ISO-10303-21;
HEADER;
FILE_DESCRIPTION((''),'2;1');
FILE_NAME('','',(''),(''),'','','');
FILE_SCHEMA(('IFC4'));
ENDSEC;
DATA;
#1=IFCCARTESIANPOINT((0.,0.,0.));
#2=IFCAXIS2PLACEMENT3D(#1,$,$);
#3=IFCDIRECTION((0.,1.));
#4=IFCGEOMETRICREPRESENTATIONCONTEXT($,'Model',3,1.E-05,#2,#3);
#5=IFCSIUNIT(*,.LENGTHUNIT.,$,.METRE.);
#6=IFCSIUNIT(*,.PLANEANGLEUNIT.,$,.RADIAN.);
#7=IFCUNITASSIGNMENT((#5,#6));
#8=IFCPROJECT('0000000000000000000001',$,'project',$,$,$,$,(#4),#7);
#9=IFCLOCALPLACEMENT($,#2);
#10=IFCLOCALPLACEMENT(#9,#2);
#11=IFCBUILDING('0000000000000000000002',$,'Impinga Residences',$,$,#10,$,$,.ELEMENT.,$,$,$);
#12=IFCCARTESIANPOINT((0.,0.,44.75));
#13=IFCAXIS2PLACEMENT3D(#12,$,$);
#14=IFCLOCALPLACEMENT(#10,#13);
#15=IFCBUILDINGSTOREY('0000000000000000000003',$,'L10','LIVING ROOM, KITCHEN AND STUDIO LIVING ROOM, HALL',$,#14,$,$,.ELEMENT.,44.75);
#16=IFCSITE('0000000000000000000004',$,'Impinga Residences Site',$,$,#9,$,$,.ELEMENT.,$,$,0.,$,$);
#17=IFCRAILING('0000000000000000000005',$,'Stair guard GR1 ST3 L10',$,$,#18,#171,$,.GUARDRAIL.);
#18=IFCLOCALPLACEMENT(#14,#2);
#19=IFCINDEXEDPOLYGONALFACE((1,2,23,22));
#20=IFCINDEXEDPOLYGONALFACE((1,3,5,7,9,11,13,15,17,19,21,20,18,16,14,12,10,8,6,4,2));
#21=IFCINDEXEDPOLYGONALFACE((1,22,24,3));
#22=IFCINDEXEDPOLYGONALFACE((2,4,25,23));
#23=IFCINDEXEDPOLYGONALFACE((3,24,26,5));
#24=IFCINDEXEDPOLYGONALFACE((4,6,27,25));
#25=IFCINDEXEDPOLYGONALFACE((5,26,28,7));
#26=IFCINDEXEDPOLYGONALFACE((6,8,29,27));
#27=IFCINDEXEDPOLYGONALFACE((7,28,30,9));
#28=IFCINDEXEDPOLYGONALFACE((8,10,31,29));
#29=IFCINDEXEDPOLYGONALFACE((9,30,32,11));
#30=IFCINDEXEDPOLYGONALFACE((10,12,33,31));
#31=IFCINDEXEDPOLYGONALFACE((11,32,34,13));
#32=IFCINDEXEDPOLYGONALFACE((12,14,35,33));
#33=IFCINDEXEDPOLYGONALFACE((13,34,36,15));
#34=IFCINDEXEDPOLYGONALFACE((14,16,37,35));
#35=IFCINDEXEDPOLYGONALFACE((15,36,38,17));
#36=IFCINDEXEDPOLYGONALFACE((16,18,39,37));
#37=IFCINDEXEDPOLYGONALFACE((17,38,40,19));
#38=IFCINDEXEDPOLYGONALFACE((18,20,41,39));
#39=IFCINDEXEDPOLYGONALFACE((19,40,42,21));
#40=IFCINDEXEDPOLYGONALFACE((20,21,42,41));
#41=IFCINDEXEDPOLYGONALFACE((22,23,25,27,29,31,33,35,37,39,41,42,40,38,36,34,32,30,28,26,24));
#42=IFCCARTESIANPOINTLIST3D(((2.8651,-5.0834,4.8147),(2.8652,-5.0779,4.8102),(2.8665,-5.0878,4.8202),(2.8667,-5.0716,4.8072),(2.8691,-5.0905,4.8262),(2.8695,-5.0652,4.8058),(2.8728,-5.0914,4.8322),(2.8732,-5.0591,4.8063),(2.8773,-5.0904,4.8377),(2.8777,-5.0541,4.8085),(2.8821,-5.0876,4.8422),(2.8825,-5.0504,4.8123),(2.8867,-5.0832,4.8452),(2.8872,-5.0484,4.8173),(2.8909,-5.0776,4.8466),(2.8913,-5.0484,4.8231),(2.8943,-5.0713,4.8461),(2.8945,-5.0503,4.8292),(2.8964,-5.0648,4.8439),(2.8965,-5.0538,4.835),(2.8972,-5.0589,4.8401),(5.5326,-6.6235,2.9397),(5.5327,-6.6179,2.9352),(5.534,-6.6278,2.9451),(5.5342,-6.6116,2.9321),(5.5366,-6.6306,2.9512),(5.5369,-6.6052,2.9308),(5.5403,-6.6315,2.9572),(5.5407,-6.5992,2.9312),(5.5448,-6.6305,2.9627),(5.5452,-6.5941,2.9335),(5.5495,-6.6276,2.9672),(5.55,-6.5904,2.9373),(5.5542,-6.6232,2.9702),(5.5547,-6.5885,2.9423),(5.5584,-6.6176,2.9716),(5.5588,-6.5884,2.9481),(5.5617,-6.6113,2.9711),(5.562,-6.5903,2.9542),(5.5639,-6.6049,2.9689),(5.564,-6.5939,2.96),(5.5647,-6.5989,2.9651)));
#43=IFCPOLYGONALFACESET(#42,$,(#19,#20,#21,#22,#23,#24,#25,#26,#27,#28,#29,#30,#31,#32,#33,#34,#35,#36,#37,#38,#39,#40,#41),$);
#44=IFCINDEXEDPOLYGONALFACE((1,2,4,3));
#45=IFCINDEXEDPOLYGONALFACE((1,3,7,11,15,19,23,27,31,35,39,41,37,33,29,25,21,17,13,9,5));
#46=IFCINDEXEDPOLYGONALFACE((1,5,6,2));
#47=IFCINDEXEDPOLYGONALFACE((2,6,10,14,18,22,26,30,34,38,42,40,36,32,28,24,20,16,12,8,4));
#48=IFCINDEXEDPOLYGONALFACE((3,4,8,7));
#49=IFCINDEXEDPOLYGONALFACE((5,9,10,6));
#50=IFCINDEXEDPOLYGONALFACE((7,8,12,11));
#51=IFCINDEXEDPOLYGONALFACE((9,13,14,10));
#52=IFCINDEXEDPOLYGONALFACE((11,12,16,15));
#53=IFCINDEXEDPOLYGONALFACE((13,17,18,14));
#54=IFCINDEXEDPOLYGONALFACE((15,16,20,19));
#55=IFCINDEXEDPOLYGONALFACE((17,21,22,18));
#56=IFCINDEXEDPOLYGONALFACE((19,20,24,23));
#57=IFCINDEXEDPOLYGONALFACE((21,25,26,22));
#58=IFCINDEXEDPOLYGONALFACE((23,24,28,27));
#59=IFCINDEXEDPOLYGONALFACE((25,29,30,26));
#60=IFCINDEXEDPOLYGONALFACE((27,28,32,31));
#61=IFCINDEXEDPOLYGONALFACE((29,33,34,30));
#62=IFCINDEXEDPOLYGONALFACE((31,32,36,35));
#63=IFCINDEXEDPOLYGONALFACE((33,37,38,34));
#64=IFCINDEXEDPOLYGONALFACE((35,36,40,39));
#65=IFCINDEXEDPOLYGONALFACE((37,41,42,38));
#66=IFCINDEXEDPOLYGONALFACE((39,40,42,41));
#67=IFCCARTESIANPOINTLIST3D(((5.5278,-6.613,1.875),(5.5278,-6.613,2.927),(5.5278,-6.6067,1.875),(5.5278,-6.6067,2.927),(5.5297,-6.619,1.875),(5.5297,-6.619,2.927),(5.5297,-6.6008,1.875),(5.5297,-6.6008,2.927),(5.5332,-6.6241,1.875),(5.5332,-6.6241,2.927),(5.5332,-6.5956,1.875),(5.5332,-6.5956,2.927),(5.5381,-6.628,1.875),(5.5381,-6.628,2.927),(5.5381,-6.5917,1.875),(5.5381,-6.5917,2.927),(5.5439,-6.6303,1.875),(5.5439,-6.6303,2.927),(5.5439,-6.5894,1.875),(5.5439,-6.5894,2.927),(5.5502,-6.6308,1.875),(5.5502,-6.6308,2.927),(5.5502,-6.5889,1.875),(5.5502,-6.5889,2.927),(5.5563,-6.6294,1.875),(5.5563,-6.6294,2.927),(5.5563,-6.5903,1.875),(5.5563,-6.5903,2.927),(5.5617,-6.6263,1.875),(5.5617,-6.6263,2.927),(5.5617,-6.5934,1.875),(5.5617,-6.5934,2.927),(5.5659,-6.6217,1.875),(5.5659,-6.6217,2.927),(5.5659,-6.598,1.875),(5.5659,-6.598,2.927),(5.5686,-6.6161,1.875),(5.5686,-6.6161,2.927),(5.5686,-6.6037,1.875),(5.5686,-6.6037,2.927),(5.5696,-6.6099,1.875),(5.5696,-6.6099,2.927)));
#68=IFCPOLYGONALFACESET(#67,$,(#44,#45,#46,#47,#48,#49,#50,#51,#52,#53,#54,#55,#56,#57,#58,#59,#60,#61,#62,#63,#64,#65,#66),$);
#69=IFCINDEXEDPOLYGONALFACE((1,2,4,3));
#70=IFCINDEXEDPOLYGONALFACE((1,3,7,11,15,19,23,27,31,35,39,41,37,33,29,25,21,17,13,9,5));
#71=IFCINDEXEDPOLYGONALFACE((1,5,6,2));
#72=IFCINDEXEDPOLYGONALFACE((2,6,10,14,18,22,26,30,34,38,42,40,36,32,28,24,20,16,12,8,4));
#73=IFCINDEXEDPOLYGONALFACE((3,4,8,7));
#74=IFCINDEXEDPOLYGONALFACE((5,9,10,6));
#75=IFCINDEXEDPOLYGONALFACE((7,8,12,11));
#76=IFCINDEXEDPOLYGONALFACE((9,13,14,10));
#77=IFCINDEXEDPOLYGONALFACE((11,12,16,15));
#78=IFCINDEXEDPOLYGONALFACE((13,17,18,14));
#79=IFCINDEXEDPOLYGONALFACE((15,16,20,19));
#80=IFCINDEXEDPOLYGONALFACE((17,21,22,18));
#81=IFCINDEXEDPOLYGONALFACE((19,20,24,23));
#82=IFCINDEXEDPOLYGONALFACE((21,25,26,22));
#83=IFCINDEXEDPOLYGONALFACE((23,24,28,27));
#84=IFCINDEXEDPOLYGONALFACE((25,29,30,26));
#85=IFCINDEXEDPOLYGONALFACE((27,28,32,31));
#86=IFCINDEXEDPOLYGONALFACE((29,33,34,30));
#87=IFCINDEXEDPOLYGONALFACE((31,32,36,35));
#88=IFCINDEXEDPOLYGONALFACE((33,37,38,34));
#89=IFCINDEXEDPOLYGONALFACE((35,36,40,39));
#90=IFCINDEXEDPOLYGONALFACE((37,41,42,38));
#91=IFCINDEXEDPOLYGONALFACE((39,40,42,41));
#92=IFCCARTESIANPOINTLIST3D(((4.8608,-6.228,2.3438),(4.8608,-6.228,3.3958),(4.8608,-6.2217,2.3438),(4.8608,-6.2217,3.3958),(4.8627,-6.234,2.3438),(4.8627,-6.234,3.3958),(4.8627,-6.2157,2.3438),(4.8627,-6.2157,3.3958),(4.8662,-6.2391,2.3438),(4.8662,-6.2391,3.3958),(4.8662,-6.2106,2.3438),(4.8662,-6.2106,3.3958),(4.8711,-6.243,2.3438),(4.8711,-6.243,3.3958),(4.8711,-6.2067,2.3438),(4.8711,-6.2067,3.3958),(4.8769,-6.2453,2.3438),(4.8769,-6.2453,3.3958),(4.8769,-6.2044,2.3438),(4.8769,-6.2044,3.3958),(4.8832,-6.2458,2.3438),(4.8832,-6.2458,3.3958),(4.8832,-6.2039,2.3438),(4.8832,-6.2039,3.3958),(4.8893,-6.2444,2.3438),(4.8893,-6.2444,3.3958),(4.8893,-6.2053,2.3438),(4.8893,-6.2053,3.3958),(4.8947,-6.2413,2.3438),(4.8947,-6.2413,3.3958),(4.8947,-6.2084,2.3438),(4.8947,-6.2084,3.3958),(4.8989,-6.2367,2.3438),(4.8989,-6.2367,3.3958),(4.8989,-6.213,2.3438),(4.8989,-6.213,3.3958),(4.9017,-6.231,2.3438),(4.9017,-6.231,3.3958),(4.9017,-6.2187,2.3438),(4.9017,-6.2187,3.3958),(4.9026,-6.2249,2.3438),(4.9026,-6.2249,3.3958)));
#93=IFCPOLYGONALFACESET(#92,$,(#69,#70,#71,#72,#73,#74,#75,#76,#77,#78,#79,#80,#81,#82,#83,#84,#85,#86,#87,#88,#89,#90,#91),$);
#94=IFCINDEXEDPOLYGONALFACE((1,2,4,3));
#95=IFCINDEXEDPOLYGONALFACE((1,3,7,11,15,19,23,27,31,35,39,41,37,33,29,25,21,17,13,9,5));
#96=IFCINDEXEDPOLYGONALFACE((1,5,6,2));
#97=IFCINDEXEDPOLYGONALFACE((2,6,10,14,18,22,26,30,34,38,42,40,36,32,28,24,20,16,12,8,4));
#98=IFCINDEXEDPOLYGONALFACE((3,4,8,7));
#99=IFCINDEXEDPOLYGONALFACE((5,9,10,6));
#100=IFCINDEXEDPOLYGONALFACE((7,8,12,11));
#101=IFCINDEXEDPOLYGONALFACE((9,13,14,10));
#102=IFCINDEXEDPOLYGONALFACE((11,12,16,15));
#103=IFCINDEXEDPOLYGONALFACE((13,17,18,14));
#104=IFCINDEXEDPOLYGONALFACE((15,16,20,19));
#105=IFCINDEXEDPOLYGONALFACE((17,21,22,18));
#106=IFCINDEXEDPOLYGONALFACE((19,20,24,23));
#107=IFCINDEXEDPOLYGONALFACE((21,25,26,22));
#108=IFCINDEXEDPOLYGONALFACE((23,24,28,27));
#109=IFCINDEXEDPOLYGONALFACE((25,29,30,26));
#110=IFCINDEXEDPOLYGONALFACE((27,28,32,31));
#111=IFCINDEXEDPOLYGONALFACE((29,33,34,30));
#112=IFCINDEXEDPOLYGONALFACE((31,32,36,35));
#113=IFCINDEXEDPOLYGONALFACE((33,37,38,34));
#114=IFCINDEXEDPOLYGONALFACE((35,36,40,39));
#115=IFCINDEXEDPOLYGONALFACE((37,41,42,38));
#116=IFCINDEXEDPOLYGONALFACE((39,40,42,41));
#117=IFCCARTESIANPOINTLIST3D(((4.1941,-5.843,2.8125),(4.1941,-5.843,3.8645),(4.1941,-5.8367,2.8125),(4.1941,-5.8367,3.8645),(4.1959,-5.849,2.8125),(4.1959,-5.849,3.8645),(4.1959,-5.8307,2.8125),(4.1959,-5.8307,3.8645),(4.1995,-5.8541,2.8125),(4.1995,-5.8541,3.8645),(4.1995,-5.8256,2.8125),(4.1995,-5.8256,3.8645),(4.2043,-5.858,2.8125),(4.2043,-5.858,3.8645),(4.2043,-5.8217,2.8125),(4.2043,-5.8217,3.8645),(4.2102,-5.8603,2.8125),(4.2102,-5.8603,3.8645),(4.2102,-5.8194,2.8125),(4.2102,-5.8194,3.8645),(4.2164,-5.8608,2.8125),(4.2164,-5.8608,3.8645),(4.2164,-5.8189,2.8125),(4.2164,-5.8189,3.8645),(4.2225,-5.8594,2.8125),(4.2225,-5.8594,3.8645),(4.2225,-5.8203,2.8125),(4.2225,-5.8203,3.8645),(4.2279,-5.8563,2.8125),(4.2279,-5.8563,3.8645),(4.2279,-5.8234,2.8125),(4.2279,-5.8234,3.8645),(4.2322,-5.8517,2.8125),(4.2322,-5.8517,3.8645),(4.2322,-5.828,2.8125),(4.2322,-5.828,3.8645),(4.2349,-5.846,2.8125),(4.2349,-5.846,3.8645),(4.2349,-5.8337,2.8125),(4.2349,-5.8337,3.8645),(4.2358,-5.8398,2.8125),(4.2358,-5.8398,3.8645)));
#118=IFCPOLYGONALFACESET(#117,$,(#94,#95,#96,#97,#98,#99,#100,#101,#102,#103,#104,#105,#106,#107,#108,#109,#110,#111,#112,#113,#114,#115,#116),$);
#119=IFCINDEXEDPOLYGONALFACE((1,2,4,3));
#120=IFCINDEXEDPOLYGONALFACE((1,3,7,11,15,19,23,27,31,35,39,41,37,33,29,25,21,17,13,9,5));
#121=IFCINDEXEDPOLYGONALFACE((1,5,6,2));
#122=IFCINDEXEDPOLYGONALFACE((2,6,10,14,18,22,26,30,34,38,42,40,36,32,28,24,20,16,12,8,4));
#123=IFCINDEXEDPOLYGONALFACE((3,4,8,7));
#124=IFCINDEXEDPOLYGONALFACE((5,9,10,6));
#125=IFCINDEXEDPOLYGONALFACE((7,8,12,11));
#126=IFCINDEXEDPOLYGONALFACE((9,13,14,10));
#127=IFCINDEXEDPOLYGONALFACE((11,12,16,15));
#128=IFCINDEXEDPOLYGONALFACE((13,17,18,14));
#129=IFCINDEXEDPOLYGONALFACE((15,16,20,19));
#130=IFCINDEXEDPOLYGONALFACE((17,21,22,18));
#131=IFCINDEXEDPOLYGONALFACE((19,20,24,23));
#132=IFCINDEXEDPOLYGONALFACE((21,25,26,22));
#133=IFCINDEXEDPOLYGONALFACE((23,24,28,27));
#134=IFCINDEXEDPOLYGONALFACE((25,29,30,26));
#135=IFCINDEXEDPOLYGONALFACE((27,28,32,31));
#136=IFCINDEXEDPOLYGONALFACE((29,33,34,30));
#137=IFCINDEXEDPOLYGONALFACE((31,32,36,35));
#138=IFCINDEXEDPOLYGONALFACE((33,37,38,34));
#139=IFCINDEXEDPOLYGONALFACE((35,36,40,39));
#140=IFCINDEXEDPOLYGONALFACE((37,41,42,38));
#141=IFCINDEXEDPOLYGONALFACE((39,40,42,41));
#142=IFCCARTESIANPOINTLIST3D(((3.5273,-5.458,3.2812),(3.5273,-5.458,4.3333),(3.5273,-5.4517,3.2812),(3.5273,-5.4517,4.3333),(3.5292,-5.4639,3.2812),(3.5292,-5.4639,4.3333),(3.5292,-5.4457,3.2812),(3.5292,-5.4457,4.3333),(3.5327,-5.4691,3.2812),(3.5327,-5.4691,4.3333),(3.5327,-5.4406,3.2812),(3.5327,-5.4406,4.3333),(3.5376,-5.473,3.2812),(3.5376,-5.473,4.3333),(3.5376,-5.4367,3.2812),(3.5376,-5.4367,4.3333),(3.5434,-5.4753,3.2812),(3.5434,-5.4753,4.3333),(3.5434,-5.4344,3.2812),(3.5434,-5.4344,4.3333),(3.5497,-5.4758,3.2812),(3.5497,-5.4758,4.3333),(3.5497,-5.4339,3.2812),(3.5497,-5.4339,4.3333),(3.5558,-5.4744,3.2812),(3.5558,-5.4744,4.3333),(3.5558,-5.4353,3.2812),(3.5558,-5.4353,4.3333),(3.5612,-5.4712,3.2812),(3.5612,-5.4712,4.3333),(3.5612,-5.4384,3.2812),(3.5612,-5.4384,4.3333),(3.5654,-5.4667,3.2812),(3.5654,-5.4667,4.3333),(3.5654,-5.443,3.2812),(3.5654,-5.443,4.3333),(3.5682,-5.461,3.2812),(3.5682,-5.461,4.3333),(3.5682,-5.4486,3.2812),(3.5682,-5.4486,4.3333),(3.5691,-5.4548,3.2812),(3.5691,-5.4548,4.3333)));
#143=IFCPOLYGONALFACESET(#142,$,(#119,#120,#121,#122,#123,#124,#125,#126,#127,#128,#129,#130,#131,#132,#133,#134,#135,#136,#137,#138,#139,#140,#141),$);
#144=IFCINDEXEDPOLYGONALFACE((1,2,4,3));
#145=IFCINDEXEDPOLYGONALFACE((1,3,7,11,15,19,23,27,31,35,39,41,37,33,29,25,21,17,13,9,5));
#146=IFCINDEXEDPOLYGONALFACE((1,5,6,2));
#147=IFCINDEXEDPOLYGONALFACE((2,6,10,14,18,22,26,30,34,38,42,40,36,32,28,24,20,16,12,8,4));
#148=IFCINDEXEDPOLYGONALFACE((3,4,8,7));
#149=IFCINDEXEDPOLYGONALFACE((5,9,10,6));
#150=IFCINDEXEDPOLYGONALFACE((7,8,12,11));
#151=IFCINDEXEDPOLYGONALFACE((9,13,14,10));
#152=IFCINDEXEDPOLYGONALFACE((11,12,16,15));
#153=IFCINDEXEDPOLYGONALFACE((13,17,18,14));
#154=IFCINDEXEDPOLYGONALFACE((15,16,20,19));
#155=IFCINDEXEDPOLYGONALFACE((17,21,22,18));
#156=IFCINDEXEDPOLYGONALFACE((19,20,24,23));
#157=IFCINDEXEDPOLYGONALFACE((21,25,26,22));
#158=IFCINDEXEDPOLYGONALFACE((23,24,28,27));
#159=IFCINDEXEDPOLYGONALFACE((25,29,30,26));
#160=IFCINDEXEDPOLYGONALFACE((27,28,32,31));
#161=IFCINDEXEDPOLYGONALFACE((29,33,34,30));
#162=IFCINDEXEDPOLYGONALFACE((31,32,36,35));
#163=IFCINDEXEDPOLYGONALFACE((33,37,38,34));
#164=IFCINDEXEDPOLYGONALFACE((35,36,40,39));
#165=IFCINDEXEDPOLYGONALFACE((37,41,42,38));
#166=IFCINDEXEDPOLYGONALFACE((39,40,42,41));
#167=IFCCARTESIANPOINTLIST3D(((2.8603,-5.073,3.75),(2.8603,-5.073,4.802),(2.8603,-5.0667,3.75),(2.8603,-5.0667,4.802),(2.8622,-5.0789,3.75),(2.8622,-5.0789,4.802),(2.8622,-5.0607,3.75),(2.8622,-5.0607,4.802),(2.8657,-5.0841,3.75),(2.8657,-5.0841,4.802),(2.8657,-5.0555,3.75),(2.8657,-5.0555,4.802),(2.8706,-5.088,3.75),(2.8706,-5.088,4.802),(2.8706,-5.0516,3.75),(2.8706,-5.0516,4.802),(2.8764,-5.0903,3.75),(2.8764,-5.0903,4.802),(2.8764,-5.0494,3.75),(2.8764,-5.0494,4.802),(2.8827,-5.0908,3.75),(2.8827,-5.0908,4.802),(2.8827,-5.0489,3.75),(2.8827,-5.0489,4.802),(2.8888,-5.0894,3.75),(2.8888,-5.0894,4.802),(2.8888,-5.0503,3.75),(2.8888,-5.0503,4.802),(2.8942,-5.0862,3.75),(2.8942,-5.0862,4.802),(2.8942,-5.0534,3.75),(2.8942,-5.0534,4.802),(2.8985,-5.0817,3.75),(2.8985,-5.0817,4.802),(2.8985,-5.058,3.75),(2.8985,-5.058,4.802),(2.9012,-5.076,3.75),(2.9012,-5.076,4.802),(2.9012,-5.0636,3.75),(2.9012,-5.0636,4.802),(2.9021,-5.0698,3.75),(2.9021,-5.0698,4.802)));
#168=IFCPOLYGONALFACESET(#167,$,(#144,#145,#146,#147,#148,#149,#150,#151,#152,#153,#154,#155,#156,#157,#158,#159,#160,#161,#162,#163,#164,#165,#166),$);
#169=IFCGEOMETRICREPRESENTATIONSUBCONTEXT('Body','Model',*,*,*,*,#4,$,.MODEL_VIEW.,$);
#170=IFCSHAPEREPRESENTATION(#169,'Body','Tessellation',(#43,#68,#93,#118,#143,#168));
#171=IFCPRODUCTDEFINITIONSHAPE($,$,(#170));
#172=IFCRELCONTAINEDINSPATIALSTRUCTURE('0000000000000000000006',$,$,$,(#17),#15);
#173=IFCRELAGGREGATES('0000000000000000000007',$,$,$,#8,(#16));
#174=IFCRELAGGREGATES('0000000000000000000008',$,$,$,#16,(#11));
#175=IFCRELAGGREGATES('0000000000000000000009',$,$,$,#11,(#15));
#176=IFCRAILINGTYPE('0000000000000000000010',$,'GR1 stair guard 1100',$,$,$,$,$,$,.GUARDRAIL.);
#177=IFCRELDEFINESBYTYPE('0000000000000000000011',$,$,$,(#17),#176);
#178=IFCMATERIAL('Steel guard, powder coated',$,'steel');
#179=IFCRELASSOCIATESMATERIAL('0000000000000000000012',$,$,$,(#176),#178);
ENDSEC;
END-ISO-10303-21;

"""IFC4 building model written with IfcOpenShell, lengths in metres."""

from ifc_helpers import new_model, si_unit, direction, frame, origin, origin_2d, place, context, subcontext, project, spatial, circle, extrude, material, type_object, element, save


model = new_model("IFC4")

# Units and contexts
model_context = context("Model", 3, precision=1e-05, world=origin(), true_north=direction((0.0, 1.0)))
body_context = subcontext(model_context, "Body", "Model", "MODEL_VIEW")
ifc_project = project(units=[si_unit("LENGTHUNIT", "METRE"), si_unit("PLANEANGLEUNIT", "RADIAN")], contexts=[model_context])

# Site, building, storey
site_placement = place(None, origin())
site = spatial("IfcSite", under=ifc_project, at=site_placement, Name="Impinga Residences Site", CompositionType="ELEMENT", RefElevation=0.0)
building_placement = place(site_placement, origin())
building = spatial("IfcBuilding", under=site, at=building_placement, Name="Impinga Residences", CompositionType="ELEMENT")
storey_placement = place(building_placement, frame((0.0, 0.0, 44.75)))
storey = spatial("IfcBuildingStorey", under=building, at=storey_placement, Name="L10", Description="LIVING ROOM, KITCHEN AND STUDIO LIVING ROOM, HALL", CompositionType="ELEMENT", Elevation=44.75)

# Railing
ifc_material_1 = material(Name="Steel guard, powder coated", Category="steel")
railing_type_1 = type_object("IfcRailingType", Name="GR1 stair guard 1100", PredefinedType="GUARDRAIL", material=ifc_material_1)
railing_1_placement = place(storey_placement, frame((5.5486, -6.6099, 1.875)))
element("IfcRailing", 1, at=railing_1_placement, inside=storey, type_object=railing_type_1, Name="Stair guard GR1 ST3 L10", PredefinedType="GUARDRAIL", context=body_context, shape_type="SweptSolid", body=[
    extrude(circle(Radius=0.0239, at=origin_2d()), frame((0.0, 0.0, 1.0762), z_axis=(-0.739746, 0.427084, 0.519975), x_axis=(-0.499992, -0.86603, 0.0)), (0.0, 0.0, 1.0), 3.606),
    extrude(circle(Radius=0.021, at=origin_2d()), origin(), (0.0, 0.0, 1.0), 1.052),
    extrude(circle(Radius=0.021, at=origin_2d()), frame((-0.667, 0.385, 0.4688)), (0.0, 0.0, 1.0), 1.052),
    extrude(circle(Radius=0.021, at=origin_2d()), frame((-1.3337, 0.77, 0.9375)), (0.0, 0.0, 1.0), 1.052),
    extrude(circle(Radius=0.021, at=origin_2d()), frame((-2.0005, 1.155, 1.4062)), (0.0, 0.0, 1.0), 1.052),
    extrude(circle(Radius=0.021, at=origin_2d()), frame((-2.6675, 1.54, 1.875)), (0.0, 0.0, 1.0), 1.052),
])

save(model, "model.ifc")
